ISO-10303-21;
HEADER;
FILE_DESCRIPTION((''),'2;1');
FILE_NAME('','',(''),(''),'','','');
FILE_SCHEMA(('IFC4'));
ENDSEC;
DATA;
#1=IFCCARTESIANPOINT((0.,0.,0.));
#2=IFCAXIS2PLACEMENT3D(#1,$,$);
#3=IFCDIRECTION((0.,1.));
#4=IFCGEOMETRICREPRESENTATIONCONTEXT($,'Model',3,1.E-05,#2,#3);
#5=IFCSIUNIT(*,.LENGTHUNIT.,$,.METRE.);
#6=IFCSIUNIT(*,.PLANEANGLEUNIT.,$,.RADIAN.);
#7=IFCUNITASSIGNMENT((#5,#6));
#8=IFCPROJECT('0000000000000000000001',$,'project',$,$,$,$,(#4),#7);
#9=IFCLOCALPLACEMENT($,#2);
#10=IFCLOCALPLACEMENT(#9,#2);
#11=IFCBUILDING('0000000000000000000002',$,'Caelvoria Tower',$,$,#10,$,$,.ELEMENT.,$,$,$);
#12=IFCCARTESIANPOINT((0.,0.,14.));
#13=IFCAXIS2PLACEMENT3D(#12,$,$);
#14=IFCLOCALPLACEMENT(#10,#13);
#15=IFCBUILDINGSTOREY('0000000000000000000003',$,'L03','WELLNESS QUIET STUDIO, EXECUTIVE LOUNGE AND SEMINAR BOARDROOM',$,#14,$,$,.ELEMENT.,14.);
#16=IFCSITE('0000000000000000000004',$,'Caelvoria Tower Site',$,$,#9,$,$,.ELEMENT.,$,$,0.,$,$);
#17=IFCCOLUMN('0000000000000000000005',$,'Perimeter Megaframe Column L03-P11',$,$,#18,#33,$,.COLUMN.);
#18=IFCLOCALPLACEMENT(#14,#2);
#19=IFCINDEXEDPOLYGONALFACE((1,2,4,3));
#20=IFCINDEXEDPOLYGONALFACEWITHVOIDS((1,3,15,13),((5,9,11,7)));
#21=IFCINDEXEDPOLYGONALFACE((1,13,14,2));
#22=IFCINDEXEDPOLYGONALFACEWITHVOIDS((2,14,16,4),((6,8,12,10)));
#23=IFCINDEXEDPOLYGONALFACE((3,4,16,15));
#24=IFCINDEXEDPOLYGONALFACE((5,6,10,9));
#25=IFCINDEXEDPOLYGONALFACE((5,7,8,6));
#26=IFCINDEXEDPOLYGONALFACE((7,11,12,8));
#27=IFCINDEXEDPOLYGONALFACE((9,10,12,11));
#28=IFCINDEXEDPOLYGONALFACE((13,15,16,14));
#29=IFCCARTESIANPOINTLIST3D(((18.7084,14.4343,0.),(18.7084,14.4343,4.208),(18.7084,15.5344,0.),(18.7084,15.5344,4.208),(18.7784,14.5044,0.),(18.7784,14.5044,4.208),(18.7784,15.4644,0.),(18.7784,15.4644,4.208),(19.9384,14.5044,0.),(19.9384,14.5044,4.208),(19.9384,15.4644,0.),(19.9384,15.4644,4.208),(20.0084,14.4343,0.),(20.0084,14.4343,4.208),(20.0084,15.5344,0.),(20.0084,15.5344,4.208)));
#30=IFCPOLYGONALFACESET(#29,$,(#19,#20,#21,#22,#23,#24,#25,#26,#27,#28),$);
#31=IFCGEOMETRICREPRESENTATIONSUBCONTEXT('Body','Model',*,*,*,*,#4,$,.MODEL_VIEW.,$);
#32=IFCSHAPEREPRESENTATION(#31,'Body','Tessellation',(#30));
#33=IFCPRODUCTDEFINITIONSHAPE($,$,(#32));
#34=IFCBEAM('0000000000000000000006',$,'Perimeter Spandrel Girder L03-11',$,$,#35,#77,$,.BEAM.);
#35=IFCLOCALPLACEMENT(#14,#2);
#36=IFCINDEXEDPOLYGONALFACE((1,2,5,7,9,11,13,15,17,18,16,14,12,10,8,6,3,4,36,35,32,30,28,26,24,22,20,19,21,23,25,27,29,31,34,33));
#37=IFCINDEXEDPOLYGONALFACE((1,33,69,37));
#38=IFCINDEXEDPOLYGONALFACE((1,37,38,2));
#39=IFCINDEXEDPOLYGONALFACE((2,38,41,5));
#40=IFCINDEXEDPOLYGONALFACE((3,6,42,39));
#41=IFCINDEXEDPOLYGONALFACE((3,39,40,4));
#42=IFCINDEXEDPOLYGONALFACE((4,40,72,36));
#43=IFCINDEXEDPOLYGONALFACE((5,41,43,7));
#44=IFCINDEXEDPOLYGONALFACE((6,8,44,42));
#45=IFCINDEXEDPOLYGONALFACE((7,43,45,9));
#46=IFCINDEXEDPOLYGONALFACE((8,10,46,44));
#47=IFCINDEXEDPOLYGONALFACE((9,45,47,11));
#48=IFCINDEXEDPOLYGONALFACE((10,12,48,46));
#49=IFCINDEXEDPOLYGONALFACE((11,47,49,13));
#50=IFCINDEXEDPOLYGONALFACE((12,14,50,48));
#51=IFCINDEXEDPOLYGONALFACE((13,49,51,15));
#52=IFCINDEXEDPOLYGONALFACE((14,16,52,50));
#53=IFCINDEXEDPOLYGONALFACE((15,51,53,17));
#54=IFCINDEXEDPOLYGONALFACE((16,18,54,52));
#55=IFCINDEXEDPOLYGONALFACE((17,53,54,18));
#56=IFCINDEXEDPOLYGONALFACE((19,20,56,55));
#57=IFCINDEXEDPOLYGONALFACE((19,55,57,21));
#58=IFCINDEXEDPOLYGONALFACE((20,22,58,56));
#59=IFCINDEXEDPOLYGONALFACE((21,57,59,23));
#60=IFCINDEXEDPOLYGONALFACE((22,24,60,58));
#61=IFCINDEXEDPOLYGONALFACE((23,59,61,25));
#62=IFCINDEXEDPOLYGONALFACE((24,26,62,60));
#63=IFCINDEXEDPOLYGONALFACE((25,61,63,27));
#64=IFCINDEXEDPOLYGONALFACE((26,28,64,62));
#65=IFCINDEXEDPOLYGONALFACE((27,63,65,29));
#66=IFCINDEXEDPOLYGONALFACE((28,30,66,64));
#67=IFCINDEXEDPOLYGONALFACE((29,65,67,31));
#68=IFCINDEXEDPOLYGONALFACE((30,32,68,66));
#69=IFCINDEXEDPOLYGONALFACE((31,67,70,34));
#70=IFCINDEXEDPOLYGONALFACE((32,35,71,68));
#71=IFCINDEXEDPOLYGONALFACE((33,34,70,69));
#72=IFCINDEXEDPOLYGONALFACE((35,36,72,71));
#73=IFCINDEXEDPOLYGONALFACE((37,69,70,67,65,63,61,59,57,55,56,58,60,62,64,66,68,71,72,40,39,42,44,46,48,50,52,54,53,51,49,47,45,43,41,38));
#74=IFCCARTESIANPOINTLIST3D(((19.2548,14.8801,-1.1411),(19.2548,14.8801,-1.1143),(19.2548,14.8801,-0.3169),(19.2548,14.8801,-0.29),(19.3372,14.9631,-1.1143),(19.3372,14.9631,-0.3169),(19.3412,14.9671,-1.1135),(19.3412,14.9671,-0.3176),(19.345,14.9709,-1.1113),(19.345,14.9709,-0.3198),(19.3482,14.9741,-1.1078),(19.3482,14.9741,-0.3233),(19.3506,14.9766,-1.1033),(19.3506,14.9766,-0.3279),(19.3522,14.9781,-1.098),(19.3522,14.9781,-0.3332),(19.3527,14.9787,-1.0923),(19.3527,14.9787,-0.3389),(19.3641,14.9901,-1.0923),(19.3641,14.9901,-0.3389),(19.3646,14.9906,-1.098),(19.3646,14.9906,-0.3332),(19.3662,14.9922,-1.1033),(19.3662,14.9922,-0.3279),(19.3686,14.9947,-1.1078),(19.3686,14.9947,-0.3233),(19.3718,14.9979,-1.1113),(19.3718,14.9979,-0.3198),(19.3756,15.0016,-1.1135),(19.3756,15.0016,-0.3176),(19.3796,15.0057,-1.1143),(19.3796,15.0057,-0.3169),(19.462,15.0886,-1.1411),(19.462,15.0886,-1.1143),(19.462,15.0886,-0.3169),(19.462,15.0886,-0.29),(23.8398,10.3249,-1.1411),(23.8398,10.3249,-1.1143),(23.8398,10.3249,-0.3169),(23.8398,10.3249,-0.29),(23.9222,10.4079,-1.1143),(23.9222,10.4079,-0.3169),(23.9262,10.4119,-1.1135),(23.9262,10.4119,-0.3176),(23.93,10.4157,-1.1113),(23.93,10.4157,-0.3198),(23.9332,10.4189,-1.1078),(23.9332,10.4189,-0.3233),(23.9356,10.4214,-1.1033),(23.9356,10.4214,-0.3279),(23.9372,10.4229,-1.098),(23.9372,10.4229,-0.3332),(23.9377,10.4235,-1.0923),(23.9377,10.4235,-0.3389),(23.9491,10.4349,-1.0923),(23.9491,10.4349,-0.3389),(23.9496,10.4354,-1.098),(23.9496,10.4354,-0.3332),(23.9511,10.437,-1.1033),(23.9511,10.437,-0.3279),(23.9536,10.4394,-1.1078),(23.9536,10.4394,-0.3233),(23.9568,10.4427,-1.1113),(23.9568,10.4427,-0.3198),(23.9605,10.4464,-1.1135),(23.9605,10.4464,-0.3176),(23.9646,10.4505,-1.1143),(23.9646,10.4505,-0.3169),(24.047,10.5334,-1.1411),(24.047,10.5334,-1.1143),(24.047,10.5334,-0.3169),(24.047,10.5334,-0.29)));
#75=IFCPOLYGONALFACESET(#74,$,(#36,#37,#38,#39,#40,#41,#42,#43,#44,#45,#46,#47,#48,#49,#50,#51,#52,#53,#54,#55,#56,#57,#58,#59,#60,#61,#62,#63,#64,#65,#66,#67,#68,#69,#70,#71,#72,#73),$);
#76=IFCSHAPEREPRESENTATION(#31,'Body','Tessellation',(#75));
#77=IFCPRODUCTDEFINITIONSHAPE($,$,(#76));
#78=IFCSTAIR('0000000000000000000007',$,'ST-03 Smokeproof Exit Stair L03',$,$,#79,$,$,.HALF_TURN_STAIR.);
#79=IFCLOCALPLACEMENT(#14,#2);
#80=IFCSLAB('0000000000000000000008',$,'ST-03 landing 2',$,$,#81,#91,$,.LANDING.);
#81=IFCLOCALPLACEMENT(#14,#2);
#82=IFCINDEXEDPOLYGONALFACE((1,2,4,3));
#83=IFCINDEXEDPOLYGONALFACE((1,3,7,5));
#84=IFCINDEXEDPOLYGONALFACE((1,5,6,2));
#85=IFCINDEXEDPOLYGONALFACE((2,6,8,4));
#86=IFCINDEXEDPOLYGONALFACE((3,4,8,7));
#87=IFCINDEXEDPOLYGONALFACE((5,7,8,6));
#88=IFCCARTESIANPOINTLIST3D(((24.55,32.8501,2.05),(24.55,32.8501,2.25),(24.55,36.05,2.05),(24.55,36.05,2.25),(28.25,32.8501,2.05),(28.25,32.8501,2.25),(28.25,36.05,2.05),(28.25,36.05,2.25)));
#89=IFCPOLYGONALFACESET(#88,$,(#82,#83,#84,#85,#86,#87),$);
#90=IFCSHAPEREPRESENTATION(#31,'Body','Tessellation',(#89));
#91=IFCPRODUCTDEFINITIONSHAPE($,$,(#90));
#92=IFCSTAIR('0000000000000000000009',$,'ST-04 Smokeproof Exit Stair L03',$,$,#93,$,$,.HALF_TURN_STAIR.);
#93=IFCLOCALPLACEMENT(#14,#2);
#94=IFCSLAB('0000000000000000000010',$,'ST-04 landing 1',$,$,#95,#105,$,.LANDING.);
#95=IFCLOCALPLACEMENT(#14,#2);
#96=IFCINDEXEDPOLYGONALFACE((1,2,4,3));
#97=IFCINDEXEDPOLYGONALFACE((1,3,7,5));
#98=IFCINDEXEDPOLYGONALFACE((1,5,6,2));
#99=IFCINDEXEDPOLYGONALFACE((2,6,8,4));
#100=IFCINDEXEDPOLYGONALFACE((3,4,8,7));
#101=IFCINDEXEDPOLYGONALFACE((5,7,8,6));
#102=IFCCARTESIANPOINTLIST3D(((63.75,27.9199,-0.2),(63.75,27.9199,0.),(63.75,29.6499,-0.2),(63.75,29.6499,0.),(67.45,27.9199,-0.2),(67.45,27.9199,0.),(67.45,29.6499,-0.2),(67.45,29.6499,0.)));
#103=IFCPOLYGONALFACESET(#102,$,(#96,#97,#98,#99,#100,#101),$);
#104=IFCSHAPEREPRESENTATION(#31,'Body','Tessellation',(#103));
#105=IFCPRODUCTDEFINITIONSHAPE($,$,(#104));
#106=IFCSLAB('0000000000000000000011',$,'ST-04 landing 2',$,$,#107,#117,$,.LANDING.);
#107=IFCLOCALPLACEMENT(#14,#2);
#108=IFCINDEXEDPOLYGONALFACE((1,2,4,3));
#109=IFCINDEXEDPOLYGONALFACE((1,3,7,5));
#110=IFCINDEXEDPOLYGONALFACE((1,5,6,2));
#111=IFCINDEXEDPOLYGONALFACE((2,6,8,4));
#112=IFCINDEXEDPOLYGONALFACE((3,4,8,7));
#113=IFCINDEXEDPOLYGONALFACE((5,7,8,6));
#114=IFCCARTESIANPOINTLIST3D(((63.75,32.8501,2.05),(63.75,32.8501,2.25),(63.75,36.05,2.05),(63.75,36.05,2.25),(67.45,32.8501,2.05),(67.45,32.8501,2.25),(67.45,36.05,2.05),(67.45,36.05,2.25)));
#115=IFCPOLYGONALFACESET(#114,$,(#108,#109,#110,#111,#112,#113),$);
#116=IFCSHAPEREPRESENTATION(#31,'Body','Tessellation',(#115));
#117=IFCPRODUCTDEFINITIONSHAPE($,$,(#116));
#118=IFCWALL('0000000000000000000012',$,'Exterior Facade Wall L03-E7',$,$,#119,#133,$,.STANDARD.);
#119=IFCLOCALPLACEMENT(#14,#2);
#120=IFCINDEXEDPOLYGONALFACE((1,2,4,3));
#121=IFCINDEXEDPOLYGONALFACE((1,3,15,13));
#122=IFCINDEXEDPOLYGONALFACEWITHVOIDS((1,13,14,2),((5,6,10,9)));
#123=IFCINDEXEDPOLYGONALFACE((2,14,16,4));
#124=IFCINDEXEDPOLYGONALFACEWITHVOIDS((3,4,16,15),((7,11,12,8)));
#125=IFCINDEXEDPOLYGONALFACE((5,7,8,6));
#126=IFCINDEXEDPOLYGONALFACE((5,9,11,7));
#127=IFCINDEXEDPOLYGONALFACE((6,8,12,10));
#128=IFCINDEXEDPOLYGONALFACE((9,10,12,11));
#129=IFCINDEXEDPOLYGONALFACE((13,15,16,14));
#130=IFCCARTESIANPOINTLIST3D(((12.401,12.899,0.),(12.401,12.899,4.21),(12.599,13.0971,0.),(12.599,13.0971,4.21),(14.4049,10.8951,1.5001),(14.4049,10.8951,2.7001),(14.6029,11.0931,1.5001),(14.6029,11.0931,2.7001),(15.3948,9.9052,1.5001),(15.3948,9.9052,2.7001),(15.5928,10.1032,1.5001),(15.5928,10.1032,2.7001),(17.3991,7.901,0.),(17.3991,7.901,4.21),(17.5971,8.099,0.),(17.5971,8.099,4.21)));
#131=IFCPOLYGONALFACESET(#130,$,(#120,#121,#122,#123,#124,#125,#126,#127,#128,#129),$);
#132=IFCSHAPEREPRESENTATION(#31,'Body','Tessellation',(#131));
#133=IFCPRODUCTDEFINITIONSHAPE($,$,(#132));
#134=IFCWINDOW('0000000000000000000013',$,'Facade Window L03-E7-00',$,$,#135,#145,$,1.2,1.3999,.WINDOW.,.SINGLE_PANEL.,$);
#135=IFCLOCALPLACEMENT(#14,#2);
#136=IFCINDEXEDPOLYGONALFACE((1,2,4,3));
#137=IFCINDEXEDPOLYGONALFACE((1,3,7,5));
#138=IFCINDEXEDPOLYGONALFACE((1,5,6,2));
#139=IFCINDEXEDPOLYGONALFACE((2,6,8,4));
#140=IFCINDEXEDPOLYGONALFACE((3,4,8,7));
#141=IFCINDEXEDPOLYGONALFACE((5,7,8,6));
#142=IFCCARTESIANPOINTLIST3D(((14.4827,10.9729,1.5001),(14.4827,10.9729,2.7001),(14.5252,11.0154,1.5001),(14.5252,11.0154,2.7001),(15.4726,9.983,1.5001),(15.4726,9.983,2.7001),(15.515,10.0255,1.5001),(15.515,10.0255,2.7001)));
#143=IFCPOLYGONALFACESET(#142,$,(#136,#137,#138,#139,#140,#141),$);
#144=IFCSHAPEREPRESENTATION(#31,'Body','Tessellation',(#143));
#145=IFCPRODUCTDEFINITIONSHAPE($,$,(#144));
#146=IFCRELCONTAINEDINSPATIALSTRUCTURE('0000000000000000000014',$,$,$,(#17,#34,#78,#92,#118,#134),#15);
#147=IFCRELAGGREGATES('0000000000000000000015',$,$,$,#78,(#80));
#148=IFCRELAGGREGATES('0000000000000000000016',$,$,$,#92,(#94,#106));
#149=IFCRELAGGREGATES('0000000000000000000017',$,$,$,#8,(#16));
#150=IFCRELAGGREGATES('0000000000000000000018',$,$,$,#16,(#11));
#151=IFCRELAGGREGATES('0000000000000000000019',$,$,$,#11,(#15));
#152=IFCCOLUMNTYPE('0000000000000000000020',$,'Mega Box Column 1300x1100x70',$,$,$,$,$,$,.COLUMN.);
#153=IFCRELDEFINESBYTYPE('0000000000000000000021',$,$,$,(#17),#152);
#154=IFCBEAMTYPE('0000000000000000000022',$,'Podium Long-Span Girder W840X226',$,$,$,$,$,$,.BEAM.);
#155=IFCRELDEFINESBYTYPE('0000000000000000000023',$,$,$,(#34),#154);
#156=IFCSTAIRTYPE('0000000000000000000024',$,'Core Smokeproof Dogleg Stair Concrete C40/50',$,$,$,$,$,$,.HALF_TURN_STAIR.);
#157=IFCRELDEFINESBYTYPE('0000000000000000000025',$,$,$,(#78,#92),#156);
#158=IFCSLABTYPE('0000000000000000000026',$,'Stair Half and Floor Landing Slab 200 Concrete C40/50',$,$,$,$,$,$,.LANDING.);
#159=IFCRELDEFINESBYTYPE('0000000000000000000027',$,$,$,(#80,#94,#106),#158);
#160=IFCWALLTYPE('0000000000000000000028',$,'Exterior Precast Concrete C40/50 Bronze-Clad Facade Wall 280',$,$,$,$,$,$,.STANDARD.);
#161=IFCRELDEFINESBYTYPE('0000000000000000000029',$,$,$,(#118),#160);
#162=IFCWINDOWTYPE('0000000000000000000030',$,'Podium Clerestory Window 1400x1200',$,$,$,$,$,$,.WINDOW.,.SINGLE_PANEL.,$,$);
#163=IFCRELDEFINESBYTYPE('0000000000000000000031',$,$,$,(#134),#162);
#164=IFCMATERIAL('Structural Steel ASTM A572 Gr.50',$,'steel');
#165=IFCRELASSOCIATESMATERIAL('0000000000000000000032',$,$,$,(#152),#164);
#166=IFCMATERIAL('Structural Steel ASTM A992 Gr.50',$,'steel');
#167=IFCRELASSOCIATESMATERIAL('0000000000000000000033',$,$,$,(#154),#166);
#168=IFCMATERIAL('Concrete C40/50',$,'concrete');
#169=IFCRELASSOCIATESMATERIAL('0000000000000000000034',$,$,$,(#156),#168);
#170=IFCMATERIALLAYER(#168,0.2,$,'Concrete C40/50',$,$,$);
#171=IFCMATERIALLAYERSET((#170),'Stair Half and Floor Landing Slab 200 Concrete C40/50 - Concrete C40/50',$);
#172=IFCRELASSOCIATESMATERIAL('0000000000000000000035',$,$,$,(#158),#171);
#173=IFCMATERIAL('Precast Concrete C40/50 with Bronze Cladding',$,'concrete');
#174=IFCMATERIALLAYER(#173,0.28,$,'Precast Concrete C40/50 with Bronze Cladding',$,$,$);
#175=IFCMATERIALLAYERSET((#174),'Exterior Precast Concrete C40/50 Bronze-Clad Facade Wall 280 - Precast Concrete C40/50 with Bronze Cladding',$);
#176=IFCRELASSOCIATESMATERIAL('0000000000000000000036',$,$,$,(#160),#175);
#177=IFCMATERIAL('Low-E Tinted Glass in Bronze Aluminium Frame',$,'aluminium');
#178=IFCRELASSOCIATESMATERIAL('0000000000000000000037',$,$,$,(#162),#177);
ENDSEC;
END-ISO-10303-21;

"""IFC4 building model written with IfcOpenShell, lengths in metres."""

from ifc_helpers import new_model, si_unit, direction, frame, frame_2d, origin, origin_2d, place, context, subcontext, project, spatial, polyline, rectangle, hollow_rectangle, i_section, outline, extrude, material, layer, layer_set, material_profile, profile_set, type_object, element, fill, aggregate, save


model = new_model("IFC4")

# Units and contexts
model_context = context("Model", 3, precision=1e-05, world=origin(), true_north=direction((0.0, 1.0)))
body_context = subcontext(model_context, "Body", "Model", "MODEL_VIEW")
ifc_project = project(units=[si_unit("LENGTHUNIT", "METRE"), si_unit("PLANEANGLEUNIT", "RADIAN")], contexts=[model_context])

# Site, building, storey
site_placement = place(None, origin())
site = spatial("IfcSite", under=ifc_project, at=site_placement, Name="Caelvoria Tower Site", CompositionType="ELEMENT", RefElevation=0.0)
building_placement = place(site_placement, origin())
building = spatial("IfcBuilding", under=site, at=building_placement, Name="Caelvoria Tower", CompositionType="ELEMENT")
storey_placement = place(building_placement, frame((0.0, 0.0, 14.0)))
storey = spatial("IfcBuildingStorey", under=building, at=storey_placement, Name="L03", Description="WELLNESS QUIET STUDIO, EXECUTIVE LOUNGE AND SEMINAR BOARDROOM", CompositionType="ELEMENT", Elevation=14.0)

# Column
ifc_material_1 = material(Name="Structural Steel ASTM A572 Gr.50", Category="steel")
ifc_material_profile_1 = material_profile(ifc_material_1, hollow_rectangle(XDim=1.1001, YDim=1.3, WallThickness=0.0701, at=origin_2d()), Name="Structural Steel ASTM A572 Gr.50")
ifc_profile_set_1 = profile_set([ifc_material_profile_1], Name="BOX1300X1100X70 - Structural Steel ASTM A572 Gr.50")
column_type = type_object("IfcColumnType", Name="Mega Box Column 1300x1100x70", PredefinedType="COLUMN", material=ifc_profile_set_1)
column_placement = place(storey_placement, frame((19.3584, 14.9844, 0.0), z_axis=(0.0, 0.0, 1.0), x_axis=(0.0, 1.0, 0.0)))
element("IfcColumn", 1, at=column_placement, inside=storey, type_object=column_type, Name="Perimeter Megaframe Column L03-P11", PredefinedType="COLUMN", context=body_context, shape_type="SweptSolid", body=[
    extrude(hollow_rectangle(XDim=1.1001, YDim=1.3, WallThickness=0.0701, at=origin_2d()), origin(), (0.0, 0.0, 1.0), 4.208),
])

# Beam
ifc_material_2 = material(Name="Structural Steel ASTM A992 Gr.50", Category="steel")
ifc_material_profile_2 = material_profile(ifc_material_2, i_section(OverallWidth=0.2939, OverallDepth=0.8511, WebThickness=0.0161, FlangeThickness=0.0269, FilletRadius=0.022, at=origin_2d()), Name="Structural Steel ASTM A992 Gr.50")
ifc_profile_set_2 = profile_set([ifc_material_profile_2], Name="W840X226 - Structural Steel ASTM A992 Gr.50")
beam_type = type_object("IfcBeamType", Name="Podium Long-Span Girder W840X226", PredefinedType="BEAM", material=ifc_profile_set_2)
beam_placement = place(storey_placement, frame((19.3584, 14.9844, -0.7156), z_axis=(0.709407, -0.704799, 0.0), x_axis=(0.704799, 0.709407, 0.0)))
element("IfcBeam", 2, at=beam_placement, inside=storey, type_object=beam_type, Name="Perimeter Spandrel Girder L03-11", PredefinedType="BEAM", context=body_context, shape_type="SweptSolid", body=[
    extrude(i_section(OverallWidth=0.2939, OverallDepth=0.8511, WebThickness=0.0161, FlangeThickness=0.0269, FilletRadius=0.022, at=origin_2d()), origin(), (0.0, 0.0, 1.0), 6.4631),
])

# Stair, slab
ifc_material_3 = material(Name="Concrete C40/50", Category="concrete")
stair_type = type_object("IfcStairType", Name="Core Smokeproof Dogleg Stair Concrete C40/50", PredefinedType="HALF_TURN_STAIR", material=ifc_material_3)
stair_1_placement = place(storey_placement, origin())
stair_1 = element("IfcStair", 3, at=stair_1_placement, inside=storey, type_object=stair_type, Name="ST-03 Smokeproof Exit Stair L03", PredefinedType="HALF_TURN_STAIR")
ifc_layer_1 = layer(ifc_material_3, 0.2, Name="Concrete C40/50")
ifc_layer_set_1 = layer_set([ifc_layer_1], Name="Stair Half and Floor Landing Slab 200 Concrete C40/50 - Concrete C40/50")
slab_type = type_object("IfcSlabType", Name="Stair Half and Floor Landing Slab 200 Concrete C40/50", PredefinedType="LANDING", material=ifc_layer_set_1)
slab_1_placement = place(storey_placement, frame((0.0, 0.0, 2.05)))
slab_1 = element("IfcSlab", 4, at=slab_1_placement, type_object=slab_type, Name="ST-03 landing 2", PredefinedType="LANDING", context=body_context, shape_type="SweptSolid", body=[
    extrude(outline(polyline([(24.55, 32.8501), (28.25, 32.8501), (28.25, 36.05), (24.55, 36.05), (24.55, 32.8501)])), origin(), (0.0, 0.0, 1.0), 0.2),
])
aggregate(stair_1, [slab_1])

# Stair, slabs
stair_2_placement = place(storey_placement, origin())
stair_2 = element("IfcStair", 5, at=stair_2_placement, inside=storey, type_object=stair_type, Name="ST-04 Smokeproof Exit Stair L03", PredefinedType="HALF_TURN_STAIR")
slab_2_placement = place(storey_placement, frame((0.0, 0.0, -0.2)))
slab_2 = element("IfcSlab", 6, at=slab_2_placement, type_object=slab_type, Name="ST-04 landing 1", PredefinedType="LANDING", context=body_context, shape_type="SweptSolid", body=[
    extrude(outline(polyline([(63.75, 27.9199), (67.45, 27.9199), (67.45, 29.6499), (63.75, 29.6499), (63.75, 27.9199)])), origin(), (0.0, 0.0, 1.0), 0.2),
])
slab_3_placement = place(storey_placement, frame((0.0, 0.0, 2.05)))
slab_3 = element("IfcSlab", 7, at=slab_3_placement, type_object=slab_type, Name="ST-04 landing 2", PredefinedType="LANDING", context=body_context, shape_type="SweptSolid", body=[
    extrude(outline(polyline([(63.75, 32.8501), (67.45, 32.8501), (67.45, 36.05), (63.75, 36.05), (63.75, 32.8501)])), origin(), (0.0, 0.0, 1.0), 0.2),
])
aggregate(stair_2, [slab_2, slab_3])

# Shared definitions
ifc_material_4 = material(Name="Precast Concrete C40/50 with Bronze Cladding", Category="concrete")
ifc_layer_2 = layer(ifc_material_4, 0.28, Name="Precast Concrete C40/50 with Bronze Cladding")
ifc_layer_set_2 = layer_set([ifc_layer_2], Name="Exterior Precast Concrete C40/50 Bronze-Clad Facade Wall 280 - Precast Concrete C40/50 with Bronze Cladding")
wall_type = type_object("IfcWallType", Name="Exterior Precast Concrete C40/50 Bronze-Clad Facade Wall 280", PredefinedType="STANDARD", material=ifc_layer_set_2)
ifc_material_5 = material(Name="Low-E Tinted Glass in Bronze Aluminium Frame", Category="aluminium")

# Wall, opening, window
wall_1_placement = place(storey_placement, frame((12.5, 12.998, 0.0), z_axis=(0.0, 0.0, 1.0), x_axis=(0.707107, -0.707107, 0.0)))
wall_1 = element("IfcWall", 8, at=wall_1_placement, inside=storey, type_object=wall_type, Name="Exterior Facade Wall L03-E7", PredefinedType="STANDARD", context=body_context, shape_type="SweptSolid", body=[
    extrude(rectangle(XDim=7.0684, YDim=0.28, at=frame_2d((3.5342, 0.0))), origin(), (0.0, 0.0, 1.0), 4.21),
])
opening_1_placement = place(wall_1_placement, frame((2.834, 0.0, 1.5)))
opening_1 = element("IfcOpeningElement", 9, at=opening_1_placement, cuts=wall_1, PredefinedType="OPENING", context=body_context, shape_type="SweptSolid", body=[
    extrude(rectangle(XDim=1.3999, YDim=1.2, at=frame_2d((0.7, 0.6001))), frame((0.0, 0.1499, 0.0), z_axis=(0.0, -1.0, 0.0), x_axis=(1.0, 0.0, 0.0)), (0.0, 0.0, 1.0), 0.3),
])
window_type_1 = type_object("IfcWindowType", Name="Podium Clerestory Window 1400x1200", PartitioningType="SINGLE_PANEL", PredefinedType="WINDOW", material=ifc_material_5)
window_1_placement = place(opening_1_placement, origin())
window_1 = element("IfcWindow", 10, at=window_1_placement, inside=storey, type_object=window_type_1, Name="Facade Window L03-E7-00", OverallHeight=1.2, OverallWidth=1.3999, PartitioningType="SINGLE_PANEL", PredefinedType="WINDOW", context=body_context, shape_type="SweptSolid", body=[
    extrude(rectangle(XDim=1.3999, YDim=1.2, at=frame_2d((0.7, 0.6001))), frame((0.0, 0.03, 0.0), z_axis=(0.0, -1.0, 0.0), x_axis=(1.0, 0.0, 0.0)), (0.0, 0.0, 1.0), 0.0601),
])
fill(opening_1, window_1)

save(model, "model.ifc")
